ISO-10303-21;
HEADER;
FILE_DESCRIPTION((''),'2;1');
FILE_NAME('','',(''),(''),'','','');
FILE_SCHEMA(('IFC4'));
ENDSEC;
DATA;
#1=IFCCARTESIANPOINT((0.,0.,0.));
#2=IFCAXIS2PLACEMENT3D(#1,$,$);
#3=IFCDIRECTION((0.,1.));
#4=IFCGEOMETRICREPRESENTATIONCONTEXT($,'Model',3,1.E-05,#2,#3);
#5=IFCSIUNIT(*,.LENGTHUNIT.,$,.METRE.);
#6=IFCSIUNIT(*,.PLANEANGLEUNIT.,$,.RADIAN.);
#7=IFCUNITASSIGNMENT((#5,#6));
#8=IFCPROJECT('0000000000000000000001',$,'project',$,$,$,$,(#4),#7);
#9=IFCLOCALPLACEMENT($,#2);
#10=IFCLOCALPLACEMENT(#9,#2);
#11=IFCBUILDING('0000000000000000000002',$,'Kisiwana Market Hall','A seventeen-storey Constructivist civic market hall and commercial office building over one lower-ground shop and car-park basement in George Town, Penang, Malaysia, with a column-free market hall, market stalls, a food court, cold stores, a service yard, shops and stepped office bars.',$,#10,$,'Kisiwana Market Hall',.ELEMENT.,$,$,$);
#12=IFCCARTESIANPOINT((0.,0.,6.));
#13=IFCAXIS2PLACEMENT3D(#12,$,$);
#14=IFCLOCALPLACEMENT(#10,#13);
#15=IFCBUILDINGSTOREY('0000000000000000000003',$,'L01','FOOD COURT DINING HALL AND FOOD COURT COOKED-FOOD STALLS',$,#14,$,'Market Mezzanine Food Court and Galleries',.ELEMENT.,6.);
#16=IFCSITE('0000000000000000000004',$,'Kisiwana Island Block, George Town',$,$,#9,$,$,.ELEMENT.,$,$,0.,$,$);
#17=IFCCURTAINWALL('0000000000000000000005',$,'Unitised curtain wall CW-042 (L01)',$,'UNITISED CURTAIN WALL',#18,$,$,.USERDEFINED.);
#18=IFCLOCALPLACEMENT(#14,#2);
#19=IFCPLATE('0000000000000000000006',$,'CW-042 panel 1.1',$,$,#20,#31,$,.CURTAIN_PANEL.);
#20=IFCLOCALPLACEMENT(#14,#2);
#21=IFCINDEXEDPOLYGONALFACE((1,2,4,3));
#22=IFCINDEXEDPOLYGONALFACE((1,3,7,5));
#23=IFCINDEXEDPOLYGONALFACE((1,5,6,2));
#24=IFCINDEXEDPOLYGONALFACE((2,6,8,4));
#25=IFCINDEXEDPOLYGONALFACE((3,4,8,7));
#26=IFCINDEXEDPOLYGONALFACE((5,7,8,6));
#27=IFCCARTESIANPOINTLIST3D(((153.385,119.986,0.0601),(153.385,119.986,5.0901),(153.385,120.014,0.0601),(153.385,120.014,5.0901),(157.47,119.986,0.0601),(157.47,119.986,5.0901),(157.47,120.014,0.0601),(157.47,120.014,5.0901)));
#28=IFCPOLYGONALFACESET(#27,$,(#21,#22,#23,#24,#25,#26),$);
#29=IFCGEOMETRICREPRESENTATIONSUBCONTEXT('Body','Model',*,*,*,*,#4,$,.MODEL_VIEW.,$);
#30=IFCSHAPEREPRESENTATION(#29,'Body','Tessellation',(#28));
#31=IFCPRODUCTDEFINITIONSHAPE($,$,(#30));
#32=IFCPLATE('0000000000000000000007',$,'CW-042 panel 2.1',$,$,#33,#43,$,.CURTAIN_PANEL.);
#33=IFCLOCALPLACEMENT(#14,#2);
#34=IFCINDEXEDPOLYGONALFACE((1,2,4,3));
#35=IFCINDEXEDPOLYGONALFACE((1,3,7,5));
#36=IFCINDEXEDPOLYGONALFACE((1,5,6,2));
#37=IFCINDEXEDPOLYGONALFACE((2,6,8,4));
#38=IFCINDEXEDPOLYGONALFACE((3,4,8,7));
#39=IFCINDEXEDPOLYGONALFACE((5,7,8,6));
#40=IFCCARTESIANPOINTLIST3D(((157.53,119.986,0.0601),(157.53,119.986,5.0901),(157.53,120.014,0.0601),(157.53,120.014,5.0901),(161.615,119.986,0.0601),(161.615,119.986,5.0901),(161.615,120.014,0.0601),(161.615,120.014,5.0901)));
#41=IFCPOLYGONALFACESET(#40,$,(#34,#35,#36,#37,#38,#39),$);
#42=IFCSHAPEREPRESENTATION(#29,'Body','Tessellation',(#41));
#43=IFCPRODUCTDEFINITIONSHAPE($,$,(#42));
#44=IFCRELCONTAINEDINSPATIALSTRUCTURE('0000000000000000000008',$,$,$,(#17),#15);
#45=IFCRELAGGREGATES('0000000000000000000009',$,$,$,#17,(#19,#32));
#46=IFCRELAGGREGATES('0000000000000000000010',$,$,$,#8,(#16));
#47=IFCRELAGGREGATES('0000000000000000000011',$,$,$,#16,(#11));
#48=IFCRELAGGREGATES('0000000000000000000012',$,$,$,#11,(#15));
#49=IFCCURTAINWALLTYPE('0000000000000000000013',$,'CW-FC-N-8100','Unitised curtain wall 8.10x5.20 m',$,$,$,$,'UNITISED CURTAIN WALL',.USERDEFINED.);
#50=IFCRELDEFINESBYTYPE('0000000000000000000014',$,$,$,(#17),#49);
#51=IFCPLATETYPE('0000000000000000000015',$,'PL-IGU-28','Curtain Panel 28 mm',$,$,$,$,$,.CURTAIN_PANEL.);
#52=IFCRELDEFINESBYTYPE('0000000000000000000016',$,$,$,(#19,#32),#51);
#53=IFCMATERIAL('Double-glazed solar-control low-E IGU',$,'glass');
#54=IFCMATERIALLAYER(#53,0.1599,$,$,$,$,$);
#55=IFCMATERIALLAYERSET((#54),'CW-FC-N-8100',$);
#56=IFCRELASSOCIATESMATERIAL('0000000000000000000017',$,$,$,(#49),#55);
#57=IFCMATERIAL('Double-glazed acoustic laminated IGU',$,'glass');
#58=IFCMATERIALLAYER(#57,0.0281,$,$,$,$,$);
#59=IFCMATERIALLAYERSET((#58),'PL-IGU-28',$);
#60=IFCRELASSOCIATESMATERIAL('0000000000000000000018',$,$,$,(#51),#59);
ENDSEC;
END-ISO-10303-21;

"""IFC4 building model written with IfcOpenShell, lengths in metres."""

from ifc_helpers import new_model, si_unit, direction, frame, origin, origin_2d, place, context, subcontext, project, spatial, rectangle, extrude, material, layer, layer_set, type_object, element, aggregate, save


model = new_model("IFC4")

# Units and contexts
model_context = context("Model", 3, precision=1e-05, world=origin(), true_north=direction((0.0, 1.0)))
body_context = subcontext(model_context, "Body", "Model", "MODEL_VIEW")
ifc_project = project(units=[si_unit("LENGTHUNIT", "METRE"), si_unit("PLANEANGLEUNIT", "RADIAN")], contexts=[model_context])

# Site, building, storey
site_placement = place(None, origin())
site = spatial("IfcSite", under=ifc_project, at=site_placement, Name="Kisiwana Island Block, George Town", CompositionType="ELEMENT", RefElevation=0.0)
building_placement = place(site_placement, origin())
building = spatial("IfcBuilding", under=site, at=building_placement, Name="Kisiwana Market Hall", Description="A seventeen-storey Constructivist civic market hall and commercial office building over one lower-ground shop and car-park basement in George Town, Penang, Malaysia, with a column-free market hall, market stalls, a food court, cold stores, a service yard, shops and stepped office bars.", LongName="Kisiwana Market Hall", CompositionType="ELEMENT")
storey_placement = place(building_placement, frame((0.0, 0.0, 6.0)))
storey = spatial("IfcBuildingStorey", under=building, at=storey_placement, Name="L01", Description="FOOD COURT DINING HALL AND FOOD COURT COOKED-FOOD STALLS", LongName="Market Mezzanine Food Court and Galleries", CompositionType="ELEMENT", Elevation=6.0)

# Curtain wall
ifc_material_1 = material(Name="Double-glazed solar-control low-E IGU", Category="glass")
ifc_layer_1 = layer(ifc_material_1, 0.1599)
ifc_layer_set_1 = layer_set([ifc_layer_1], Name="CW-FC-N-8100")
curtain_wall_type = type_object("IfcCurtainWallType", Name="CW-FC-N-8100", Description="Unitised curtain wall 8.10x5.20 m", ElementType="UNITISED CURTAIN WALL", PredefinedType="USERDEFINED", material=ifc_layer_set_1)
curtain_wall_1_placement = place(storey_placement, origin())
curtain_wall_1 = element("IfcCurtainWall", 1, at=curtain_wall_1_placement, inside=storey, type_object=curtain_wall_type, Name="Unitised curtain wall CW-042 (L01)", ObjectType="UNITISED CURTAIN WALL", PredefinedType="USERDEFINED")

# Plates
ifc_material_2 = material(Name="Double-glazed acoustic laminated IGU", Category="glass")
ifc_layer_2 = layer(ifc_material_2, 0.0281)
ifc_layer_set_2 = layer_set([ifc_layer_2], Name="PL-IGU-28")
plate_type = type_object("IfcPlateType", Name="PL-IGU-28", Description="Curtain Panel 28 mm", PredefinedType="CURTAIN_PANEL", material=ifc_layer_set_2)
plate_1_placement = place(storey_placement, frame((155.4275, 120.0, 0.0601), z_axis=(0.0, 0.0, 1.0), x_axis=(1.0, 0.0, 0.0)))
plate_1 = element("IfcPlate", 2, at=plate_1_placement, type_object=plate_type, Name="CW-042 panel 1.1", PredefinedType="CURTAIN_PANEL", context=body_context, shape_type="SweptSolid", body=[
    extrude(rectangle(XDim=4.085, YDim=0.0281, at=origin_2d()), origin(), (0.0, 0.0, 1.0), 5.03),
])
plate_2_placement = place(storey_placement, frame((159.5725, 120.0, 0.0601), z_axis=(0.0, 0.0, 1.0), x_axis=(1.0, 0.0, 0.0)))
plate_2 = element("IfcPlate", 3, at=plate_2_placement, type_object=plate_type, Name="CW-042 panel 2.1", PredefinedType="CURTAIN_PANEL", context=body_context, shape_type="SweptSolid", body=[
    extrude(rectangle(XDim=4.085, YDim=0.0281, at=origin_2d()), origin(), (0.0, 0.0, 1.0), 5.03),
])
aggregate(curtain_wall_1, [plate_1, plate_2])

save(model, "model.ifc")
